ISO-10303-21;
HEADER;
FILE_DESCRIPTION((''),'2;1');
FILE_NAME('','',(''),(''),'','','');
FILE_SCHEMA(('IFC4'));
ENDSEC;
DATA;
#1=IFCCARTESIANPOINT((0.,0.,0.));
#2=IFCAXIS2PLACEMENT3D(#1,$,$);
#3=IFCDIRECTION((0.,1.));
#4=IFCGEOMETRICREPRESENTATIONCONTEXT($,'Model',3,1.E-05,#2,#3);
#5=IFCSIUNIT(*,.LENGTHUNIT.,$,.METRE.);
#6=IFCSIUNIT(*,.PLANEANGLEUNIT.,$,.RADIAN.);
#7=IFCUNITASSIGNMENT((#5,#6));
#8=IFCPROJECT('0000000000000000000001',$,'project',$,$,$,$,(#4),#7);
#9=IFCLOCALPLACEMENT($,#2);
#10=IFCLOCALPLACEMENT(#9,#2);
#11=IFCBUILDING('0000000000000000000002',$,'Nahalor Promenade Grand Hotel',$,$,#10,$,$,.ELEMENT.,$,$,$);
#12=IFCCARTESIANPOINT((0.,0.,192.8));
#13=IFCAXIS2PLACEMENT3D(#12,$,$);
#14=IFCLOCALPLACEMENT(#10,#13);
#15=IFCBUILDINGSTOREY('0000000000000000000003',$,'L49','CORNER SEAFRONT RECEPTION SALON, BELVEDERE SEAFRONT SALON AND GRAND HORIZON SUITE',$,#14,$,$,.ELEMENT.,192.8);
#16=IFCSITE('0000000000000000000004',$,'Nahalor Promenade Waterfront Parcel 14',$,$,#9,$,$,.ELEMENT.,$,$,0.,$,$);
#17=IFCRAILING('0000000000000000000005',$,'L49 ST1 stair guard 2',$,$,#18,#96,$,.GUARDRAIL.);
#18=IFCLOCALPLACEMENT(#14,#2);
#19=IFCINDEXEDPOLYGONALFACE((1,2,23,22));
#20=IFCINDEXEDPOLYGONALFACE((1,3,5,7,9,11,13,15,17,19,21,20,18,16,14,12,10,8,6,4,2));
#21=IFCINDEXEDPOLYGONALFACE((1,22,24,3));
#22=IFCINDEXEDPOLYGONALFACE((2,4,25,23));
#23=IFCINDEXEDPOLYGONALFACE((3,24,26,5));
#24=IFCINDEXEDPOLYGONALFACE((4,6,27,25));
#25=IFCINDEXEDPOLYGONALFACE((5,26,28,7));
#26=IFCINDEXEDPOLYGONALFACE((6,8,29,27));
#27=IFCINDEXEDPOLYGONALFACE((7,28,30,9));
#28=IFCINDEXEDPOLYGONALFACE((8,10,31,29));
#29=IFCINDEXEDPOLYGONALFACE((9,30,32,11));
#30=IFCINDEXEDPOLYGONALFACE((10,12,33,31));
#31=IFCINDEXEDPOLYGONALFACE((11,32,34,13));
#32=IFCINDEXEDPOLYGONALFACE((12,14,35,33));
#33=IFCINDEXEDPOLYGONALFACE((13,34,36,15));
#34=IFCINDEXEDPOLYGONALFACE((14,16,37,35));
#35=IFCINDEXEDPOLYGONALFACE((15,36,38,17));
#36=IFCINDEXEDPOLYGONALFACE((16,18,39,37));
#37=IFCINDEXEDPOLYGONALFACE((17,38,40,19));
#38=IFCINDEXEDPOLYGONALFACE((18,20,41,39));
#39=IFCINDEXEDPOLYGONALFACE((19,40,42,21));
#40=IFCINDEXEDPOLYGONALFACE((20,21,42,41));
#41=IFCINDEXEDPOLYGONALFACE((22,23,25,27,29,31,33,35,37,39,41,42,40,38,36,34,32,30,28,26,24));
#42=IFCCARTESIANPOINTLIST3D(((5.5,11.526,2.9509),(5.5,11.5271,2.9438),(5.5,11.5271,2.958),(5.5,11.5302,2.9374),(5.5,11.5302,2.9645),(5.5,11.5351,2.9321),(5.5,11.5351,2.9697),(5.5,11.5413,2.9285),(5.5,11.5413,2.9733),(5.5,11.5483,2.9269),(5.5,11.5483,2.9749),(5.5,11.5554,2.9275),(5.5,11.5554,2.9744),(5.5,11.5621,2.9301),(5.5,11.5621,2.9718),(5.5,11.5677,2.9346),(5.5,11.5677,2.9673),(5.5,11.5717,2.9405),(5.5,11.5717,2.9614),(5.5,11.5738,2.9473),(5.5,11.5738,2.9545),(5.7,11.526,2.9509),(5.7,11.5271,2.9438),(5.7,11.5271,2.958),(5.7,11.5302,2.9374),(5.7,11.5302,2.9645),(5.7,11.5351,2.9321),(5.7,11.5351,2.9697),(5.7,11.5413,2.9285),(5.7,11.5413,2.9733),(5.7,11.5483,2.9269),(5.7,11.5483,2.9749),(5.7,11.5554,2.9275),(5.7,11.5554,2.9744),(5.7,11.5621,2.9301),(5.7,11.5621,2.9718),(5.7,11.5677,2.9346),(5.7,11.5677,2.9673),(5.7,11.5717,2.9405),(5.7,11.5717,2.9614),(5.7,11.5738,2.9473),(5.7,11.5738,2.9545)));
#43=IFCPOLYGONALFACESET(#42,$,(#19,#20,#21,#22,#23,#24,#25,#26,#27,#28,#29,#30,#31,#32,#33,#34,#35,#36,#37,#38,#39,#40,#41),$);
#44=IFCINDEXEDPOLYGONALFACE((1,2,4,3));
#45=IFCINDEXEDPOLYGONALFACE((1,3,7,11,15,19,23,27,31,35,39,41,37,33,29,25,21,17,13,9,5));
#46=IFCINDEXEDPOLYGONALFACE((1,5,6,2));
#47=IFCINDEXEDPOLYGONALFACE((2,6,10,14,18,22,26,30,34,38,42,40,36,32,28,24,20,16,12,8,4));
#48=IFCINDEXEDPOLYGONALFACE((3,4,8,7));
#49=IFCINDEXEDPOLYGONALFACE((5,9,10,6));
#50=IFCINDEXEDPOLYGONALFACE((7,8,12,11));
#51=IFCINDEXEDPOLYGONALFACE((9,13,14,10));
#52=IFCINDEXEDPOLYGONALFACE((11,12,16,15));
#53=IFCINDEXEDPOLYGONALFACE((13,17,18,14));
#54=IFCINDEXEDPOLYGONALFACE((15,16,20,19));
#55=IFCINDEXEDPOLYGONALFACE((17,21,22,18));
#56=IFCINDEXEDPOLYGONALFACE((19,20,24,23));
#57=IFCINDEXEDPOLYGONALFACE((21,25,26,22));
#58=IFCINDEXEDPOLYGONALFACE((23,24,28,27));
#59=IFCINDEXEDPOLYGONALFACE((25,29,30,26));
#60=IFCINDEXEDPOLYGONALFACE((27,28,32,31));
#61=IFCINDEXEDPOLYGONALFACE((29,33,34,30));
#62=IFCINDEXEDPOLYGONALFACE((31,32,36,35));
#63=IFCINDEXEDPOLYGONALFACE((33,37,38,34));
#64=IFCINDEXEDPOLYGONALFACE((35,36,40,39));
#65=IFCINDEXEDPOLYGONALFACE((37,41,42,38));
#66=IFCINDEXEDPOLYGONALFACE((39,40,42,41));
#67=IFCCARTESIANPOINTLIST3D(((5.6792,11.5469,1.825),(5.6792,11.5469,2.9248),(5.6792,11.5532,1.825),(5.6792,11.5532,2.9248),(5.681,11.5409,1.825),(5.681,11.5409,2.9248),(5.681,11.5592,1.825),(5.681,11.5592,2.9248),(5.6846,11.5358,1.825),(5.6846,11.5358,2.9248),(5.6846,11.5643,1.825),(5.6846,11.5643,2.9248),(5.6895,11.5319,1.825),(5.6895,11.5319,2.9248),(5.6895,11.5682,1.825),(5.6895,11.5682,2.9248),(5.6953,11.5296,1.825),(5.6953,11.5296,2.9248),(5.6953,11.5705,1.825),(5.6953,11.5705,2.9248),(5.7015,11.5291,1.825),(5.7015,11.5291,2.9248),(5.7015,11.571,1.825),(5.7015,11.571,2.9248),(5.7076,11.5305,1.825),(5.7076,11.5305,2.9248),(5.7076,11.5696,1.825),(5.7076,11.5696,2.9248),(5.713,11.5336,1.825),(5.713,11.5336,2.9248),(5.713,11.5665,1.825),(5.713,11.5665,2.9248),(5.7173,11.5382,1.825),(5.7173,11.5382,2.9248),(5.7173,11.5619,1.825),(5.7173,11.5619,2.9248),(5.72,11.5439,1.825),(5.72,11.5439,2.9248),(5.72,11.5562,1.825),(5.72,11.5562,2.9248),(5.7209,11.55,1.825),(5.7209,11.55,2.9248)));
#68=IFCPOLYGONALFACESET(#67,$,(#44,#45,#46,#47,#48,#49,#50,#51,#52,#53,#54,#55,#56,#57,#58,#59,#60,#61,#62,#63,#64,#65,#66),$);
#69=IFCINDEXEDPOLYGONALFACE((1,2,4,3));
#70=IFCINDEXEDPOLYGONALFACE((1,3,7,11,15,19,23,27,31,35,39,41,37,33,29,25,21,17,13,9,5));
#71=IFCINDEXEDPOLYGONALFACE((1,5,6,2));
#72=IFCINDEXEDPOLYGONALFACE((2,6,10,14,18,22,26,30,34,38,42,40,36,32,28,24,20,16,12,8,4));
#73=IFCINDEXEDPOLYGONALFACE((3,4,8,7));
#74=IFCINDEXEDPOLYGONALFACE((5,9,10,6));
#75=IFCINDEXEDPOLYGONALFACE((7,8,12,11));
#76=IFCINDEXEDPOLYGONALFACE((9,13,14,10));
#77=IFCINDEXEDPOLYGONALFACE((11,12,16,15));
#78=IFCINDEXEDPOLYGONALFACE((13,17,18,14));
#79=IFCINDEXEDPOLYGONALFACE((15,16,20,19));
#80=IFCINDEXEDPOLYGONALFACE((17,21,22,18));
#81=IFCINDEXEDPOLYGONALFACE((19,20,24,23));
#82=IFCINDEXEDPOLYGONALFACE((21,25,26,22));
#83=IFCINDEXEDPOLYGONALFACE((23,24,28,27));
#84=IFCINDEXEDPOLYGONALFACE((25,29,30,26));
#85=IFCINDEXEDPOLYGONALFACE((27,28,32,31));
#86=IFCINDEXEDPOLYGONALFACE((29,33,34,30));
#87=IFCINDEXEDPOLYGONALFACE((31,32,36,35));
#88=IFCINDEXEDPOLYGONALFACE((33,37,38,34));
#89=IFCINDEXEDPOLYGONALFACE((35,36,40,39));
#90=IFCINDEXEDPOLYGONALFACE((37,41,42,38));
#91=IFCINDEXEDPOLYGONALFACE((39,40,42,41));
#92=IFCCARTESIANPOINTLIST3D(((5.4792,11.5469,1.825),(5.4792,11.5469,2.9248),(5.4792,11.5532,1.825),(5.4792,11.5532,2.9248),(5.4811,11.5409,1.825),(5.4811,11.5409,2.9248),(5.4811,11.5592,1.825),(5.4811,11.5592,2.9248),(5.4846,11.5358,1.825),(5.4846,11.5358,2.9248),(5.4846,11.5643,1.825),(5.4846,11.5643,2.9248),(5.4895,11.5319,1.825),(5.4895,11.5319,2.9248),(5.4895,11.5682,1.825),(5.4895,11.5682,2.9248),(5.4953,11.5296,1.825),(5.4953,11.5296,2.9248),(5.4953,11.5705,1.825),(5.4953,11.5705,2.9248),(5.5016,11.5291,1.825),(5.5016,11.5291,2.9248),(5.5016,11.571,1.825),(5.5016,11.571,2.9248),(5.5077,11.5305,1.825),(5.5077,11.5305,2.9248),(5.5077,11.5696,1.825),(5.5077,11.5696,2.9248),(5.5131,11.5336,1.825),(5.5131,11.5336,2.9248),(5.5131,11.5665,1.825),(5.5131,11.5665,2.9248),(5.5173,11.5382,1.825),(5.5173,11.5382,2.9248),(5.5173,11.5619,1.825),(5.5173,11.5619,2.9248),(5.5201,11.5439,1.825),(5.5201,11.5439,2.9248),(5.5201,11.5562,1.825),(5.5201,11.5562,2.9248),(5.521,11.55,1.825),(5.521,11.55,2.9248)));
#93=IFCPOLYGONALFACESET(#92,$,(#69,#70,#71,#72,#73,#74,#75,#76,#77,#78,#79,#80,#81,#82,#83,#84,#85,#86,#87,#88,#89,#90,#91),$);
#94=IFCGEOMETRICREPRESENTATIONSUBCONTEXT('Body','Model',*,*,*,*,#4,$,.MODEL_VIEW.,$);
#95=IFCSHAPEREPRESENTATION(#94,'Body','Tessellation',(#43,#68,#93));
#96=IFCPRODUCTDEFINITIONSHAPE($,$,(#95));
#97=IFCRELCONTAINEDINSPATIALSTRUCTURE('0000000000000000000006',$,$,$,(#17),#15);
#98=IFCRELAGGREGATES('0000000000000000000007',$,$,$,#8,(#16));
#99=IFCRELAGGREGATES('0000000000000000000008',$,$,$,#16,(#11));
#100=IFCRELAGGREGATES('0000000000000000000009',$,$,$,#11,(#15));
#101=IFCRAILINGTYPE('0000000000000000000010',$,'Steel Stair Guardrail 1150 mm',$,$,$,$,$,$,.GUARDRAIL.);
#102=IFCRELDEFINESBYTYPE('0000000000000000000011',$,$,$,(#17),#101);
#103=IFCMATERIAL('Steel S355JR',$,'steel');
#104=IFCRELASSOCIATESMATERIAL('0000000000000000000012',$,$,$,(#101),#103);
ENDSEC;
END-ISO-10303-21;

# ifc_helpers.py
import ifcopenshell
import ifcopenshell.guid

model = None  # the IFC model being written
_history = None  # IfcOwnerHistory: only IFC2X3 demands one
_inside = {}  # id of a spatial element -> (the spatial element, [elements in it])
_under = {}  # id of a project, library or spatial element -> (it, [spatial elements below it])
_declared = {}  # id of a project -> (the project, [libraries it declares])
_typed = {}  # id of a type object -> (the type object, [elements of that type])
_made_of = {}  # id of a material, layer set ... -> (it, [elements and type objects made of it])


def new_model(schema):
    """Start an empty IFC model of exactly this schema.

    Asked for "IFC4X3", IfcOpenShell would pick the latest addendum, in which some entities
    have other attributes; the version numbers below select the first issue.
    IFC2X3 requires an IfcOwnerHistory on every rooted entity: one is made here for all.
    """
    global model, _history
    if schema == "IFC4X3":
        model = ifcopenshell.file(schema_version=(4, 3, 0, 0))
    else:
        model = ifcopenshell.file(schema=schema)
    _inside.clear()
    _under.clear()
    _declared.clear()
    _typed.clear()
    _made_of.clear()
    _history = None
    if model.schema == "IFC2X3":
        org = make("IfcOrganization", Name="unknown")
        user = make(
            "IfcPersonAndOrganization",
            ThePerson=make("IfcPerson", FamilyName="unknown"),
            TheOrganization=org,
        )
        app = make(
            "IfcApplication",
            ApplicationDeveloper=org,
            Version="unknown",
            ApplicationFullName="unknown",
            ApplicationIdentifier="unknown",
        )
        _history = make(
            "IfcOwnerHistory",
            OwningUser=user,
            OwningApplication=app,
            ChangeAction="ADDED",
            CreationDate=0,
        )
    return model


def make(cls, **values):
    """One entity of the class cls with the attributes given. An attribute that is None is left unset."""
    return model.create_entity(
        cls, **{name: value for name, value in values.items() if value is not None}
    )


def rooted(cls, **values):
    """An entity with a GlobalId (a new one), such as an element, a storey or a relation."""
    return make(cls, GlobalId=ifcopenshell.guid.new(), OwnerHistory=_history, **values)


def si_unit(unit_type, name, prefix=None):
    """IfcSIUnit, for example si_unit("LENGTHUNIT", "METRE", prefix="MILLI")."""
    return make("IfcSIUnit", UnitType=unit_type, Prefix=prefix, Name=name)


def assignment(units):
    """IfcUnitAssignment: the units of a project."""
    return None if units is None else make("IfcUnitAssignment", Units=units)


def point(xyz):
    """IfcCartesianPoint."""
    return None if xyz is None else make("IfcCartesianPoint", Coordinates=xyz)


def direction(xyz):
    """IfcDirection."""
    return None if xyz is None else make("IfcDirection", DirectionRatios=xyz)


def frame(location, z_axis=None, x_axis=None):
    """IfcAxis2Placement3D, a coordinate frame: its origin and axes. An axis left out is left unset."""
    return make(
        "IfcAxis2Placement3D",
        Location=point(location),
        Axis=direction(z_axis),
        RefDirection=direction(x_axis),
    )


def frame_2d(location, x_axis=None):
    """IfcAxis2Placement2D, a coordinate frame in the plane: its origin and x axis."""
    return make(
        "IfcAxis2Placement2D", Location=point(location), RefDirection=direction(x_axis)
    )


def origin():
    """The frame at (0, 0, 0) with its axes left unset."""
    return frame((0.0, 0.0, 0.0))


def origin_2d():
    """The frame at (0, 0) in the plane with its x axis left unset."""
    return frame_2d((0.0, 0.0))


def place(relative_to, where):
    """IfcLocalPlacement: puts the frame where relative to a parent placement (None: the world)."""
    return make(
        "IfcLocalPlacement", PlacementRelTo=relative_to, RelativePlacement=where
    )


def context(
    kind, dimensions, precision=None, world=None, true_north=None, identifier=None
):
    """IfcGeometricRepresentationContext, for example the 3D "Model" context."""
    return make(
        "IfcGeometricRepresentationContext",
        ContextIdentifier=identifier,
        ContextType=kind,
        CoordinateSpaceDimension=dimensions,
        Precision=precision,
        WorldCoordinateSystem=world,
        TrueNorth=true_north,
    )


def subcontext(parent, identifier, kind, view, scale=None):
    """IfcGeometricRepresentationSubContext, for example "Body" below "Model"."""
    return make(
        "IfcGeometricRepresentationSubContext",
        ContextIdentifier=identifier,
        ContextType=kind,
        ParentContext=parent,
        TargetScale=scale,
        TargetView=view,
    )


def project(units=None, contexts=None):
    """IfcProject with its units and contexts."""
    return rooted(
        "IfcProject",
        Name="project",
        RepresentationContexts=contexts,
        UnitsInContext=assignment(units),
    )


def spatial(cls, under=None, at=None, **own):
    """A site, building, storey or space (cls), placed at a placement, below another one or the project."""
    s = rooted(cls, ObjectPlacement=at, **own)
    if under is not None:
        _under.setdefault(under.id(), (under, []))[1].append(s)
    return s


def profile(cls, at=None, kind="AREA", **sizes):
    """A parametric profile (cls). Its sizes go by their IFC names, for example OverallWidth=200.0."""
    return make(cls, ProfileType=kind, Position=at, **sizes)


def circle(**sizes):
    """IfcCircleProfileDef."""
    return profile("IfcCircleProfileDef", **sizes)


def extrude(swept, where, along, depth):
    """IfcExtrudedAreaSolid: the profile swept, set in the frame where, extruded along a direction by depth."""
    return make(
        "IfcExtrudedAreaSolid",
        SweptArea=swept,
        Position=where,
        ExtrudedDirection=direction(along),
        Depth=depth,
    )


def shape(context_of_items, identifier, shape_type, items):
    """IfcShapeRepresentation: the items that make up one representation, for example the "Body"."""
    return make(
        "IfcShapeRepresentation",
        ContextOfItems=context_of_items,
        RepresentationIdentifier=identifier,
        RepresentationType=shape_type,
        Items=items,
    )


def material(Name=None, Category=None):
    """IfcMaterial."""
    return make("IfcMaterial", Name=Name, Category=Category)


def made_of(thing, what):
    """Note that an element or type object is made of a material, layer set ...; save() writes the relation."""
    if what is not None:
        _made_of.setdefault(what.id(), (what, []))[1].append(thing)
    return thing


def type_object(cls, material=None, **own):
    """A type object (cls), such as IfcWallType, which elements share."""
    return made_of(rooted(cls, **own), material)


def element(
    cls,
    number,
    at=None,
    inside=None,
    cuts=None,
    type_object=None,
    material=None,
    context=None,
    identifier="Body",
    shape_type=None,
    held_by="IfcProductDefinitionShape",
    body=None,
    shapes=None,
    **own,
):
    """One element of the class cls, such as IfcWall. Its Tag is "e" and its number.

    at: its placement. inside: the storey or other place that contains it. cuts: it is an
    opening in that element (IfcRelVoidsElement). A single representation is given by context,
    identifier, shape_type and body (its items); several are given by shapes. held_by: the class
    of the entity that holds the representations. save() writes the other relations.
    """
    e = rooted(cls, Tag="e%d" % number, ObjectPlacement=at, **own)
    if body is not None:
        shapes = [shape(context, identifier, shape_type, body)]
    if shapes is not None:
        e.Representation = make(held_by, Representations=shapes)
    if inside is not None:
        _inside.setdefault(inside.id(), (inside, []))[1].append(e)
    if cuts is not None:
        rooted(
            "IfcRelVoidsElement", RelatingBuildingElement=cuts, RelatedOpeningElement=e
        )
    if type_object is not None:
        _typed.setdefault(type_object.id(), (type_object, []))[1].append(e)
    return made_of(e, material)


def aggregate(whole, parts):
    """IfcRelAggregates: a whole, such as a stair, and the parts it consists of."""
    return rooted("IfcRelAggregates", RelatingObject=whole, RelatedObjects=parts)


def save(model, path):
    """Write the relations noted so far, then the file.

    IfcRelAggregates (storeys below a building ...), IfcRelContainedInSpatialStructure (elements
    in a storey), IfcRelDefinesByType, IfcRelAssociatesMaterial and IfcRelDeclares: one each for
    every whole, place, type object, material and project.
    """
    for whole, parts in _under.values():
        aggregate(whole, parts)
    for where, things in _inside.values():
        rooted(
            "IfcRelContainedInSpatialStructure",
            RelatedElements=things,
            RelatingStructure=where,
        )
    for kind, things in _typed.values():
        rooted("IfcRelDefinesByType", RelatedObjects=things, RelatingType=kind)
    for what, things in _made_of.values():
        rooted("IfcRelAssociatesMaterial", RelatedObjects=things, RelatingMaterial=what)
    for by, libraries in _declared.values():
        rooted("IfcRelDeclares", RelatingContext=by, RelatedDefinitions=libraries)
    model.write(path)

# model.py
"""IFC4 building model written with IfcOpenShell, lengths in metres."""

from ifc_helpers import new_model, si_unit, direction, frame, origin, origin_2d, place, context, subcontext, project, spatial, circle, extrude, material, type_object, element, save


model = new_model("IFC4")

# Units and contexts
model_context = context("Model", 3, precision=1e-05, world=origin(), true_north=direction((0.0, 1.0)))
body_context = subcontext(model_context, "Body", "Model", "MODEL_VIEW")
ifc_project = project(units=[si_unit("LENGTHUNIT", "METRE"), si_unit("PLANEANGLEUNIT", "RADIAN")], contexts=[model_context])

# Site, building, storey
site_placement = place(None, origin())
site = spatial("IfcSite", under=ifc_project, at=site_placement, Name="Nahalor Promenade Waterfront Parcel 14", CompositionType="ELEMENT", RefElevation=0.0)
building_placement = place(site_placement, origin())
building = spatial("IfcBuilding", under=site, at=building_placement, Name="Nahalor Promenade Grand Hotel", CompositionType="ELEMENT")
storey_placement = place(building_placement, frame((0.0, 0.0, 192.8)))
storey = spatial("IfcBuildingStorey", under=building, at=storey_placement, Name="L49", Description="CORNER SEAFRONT RECEPTION SALON, BELVEDERE SEAFRONT SALON AND GRAND HORIZON SUITE", CompositionType="ELEMENT", Elevation=192.8)

# Shared definitions
ifc_material_1 = material(Name="Steel S355JR", Category="steel")

# Railing
railing_type = type_object("IfcRailingType", Name="Steel Stair Guardrail 1150 mm", PredefinedType="GUARDRAIL", material=ifc_material_1)
railing_1_placement = place(storey_placement, frame((5.7, 11.55, 1.825)))
element("IfcRailing", 1, at=railing_1_placement, inside=storey, type_object=railing_type, Name="L49 ST1 stair guard 2", PredefinedType="GUARDRAIL", context=body_context, shape_type="SweptSolid", body=[
    extrude(circle(Radius=0.024, at=origin_2d()), frame((0.0, 0.0, 1.126), z_axis=(-1.0, 0.0, 0.0), x_axis=(0.0, -1.0, 0.0)), (0.0, 0.0, 1.0), 0.2),
    extrude(circle(Radius=0.021, at=origin_2d()), origin(), (0.0, 0.0, 1.0), 1.0999),
    extrude(circle(Radius=0.021, at=origin_2d()), frame((-0.2, 0.0, 0.0)), (0.0, 0.0, 1.0), 1.0999),
])

save(model, "model.ifc")
